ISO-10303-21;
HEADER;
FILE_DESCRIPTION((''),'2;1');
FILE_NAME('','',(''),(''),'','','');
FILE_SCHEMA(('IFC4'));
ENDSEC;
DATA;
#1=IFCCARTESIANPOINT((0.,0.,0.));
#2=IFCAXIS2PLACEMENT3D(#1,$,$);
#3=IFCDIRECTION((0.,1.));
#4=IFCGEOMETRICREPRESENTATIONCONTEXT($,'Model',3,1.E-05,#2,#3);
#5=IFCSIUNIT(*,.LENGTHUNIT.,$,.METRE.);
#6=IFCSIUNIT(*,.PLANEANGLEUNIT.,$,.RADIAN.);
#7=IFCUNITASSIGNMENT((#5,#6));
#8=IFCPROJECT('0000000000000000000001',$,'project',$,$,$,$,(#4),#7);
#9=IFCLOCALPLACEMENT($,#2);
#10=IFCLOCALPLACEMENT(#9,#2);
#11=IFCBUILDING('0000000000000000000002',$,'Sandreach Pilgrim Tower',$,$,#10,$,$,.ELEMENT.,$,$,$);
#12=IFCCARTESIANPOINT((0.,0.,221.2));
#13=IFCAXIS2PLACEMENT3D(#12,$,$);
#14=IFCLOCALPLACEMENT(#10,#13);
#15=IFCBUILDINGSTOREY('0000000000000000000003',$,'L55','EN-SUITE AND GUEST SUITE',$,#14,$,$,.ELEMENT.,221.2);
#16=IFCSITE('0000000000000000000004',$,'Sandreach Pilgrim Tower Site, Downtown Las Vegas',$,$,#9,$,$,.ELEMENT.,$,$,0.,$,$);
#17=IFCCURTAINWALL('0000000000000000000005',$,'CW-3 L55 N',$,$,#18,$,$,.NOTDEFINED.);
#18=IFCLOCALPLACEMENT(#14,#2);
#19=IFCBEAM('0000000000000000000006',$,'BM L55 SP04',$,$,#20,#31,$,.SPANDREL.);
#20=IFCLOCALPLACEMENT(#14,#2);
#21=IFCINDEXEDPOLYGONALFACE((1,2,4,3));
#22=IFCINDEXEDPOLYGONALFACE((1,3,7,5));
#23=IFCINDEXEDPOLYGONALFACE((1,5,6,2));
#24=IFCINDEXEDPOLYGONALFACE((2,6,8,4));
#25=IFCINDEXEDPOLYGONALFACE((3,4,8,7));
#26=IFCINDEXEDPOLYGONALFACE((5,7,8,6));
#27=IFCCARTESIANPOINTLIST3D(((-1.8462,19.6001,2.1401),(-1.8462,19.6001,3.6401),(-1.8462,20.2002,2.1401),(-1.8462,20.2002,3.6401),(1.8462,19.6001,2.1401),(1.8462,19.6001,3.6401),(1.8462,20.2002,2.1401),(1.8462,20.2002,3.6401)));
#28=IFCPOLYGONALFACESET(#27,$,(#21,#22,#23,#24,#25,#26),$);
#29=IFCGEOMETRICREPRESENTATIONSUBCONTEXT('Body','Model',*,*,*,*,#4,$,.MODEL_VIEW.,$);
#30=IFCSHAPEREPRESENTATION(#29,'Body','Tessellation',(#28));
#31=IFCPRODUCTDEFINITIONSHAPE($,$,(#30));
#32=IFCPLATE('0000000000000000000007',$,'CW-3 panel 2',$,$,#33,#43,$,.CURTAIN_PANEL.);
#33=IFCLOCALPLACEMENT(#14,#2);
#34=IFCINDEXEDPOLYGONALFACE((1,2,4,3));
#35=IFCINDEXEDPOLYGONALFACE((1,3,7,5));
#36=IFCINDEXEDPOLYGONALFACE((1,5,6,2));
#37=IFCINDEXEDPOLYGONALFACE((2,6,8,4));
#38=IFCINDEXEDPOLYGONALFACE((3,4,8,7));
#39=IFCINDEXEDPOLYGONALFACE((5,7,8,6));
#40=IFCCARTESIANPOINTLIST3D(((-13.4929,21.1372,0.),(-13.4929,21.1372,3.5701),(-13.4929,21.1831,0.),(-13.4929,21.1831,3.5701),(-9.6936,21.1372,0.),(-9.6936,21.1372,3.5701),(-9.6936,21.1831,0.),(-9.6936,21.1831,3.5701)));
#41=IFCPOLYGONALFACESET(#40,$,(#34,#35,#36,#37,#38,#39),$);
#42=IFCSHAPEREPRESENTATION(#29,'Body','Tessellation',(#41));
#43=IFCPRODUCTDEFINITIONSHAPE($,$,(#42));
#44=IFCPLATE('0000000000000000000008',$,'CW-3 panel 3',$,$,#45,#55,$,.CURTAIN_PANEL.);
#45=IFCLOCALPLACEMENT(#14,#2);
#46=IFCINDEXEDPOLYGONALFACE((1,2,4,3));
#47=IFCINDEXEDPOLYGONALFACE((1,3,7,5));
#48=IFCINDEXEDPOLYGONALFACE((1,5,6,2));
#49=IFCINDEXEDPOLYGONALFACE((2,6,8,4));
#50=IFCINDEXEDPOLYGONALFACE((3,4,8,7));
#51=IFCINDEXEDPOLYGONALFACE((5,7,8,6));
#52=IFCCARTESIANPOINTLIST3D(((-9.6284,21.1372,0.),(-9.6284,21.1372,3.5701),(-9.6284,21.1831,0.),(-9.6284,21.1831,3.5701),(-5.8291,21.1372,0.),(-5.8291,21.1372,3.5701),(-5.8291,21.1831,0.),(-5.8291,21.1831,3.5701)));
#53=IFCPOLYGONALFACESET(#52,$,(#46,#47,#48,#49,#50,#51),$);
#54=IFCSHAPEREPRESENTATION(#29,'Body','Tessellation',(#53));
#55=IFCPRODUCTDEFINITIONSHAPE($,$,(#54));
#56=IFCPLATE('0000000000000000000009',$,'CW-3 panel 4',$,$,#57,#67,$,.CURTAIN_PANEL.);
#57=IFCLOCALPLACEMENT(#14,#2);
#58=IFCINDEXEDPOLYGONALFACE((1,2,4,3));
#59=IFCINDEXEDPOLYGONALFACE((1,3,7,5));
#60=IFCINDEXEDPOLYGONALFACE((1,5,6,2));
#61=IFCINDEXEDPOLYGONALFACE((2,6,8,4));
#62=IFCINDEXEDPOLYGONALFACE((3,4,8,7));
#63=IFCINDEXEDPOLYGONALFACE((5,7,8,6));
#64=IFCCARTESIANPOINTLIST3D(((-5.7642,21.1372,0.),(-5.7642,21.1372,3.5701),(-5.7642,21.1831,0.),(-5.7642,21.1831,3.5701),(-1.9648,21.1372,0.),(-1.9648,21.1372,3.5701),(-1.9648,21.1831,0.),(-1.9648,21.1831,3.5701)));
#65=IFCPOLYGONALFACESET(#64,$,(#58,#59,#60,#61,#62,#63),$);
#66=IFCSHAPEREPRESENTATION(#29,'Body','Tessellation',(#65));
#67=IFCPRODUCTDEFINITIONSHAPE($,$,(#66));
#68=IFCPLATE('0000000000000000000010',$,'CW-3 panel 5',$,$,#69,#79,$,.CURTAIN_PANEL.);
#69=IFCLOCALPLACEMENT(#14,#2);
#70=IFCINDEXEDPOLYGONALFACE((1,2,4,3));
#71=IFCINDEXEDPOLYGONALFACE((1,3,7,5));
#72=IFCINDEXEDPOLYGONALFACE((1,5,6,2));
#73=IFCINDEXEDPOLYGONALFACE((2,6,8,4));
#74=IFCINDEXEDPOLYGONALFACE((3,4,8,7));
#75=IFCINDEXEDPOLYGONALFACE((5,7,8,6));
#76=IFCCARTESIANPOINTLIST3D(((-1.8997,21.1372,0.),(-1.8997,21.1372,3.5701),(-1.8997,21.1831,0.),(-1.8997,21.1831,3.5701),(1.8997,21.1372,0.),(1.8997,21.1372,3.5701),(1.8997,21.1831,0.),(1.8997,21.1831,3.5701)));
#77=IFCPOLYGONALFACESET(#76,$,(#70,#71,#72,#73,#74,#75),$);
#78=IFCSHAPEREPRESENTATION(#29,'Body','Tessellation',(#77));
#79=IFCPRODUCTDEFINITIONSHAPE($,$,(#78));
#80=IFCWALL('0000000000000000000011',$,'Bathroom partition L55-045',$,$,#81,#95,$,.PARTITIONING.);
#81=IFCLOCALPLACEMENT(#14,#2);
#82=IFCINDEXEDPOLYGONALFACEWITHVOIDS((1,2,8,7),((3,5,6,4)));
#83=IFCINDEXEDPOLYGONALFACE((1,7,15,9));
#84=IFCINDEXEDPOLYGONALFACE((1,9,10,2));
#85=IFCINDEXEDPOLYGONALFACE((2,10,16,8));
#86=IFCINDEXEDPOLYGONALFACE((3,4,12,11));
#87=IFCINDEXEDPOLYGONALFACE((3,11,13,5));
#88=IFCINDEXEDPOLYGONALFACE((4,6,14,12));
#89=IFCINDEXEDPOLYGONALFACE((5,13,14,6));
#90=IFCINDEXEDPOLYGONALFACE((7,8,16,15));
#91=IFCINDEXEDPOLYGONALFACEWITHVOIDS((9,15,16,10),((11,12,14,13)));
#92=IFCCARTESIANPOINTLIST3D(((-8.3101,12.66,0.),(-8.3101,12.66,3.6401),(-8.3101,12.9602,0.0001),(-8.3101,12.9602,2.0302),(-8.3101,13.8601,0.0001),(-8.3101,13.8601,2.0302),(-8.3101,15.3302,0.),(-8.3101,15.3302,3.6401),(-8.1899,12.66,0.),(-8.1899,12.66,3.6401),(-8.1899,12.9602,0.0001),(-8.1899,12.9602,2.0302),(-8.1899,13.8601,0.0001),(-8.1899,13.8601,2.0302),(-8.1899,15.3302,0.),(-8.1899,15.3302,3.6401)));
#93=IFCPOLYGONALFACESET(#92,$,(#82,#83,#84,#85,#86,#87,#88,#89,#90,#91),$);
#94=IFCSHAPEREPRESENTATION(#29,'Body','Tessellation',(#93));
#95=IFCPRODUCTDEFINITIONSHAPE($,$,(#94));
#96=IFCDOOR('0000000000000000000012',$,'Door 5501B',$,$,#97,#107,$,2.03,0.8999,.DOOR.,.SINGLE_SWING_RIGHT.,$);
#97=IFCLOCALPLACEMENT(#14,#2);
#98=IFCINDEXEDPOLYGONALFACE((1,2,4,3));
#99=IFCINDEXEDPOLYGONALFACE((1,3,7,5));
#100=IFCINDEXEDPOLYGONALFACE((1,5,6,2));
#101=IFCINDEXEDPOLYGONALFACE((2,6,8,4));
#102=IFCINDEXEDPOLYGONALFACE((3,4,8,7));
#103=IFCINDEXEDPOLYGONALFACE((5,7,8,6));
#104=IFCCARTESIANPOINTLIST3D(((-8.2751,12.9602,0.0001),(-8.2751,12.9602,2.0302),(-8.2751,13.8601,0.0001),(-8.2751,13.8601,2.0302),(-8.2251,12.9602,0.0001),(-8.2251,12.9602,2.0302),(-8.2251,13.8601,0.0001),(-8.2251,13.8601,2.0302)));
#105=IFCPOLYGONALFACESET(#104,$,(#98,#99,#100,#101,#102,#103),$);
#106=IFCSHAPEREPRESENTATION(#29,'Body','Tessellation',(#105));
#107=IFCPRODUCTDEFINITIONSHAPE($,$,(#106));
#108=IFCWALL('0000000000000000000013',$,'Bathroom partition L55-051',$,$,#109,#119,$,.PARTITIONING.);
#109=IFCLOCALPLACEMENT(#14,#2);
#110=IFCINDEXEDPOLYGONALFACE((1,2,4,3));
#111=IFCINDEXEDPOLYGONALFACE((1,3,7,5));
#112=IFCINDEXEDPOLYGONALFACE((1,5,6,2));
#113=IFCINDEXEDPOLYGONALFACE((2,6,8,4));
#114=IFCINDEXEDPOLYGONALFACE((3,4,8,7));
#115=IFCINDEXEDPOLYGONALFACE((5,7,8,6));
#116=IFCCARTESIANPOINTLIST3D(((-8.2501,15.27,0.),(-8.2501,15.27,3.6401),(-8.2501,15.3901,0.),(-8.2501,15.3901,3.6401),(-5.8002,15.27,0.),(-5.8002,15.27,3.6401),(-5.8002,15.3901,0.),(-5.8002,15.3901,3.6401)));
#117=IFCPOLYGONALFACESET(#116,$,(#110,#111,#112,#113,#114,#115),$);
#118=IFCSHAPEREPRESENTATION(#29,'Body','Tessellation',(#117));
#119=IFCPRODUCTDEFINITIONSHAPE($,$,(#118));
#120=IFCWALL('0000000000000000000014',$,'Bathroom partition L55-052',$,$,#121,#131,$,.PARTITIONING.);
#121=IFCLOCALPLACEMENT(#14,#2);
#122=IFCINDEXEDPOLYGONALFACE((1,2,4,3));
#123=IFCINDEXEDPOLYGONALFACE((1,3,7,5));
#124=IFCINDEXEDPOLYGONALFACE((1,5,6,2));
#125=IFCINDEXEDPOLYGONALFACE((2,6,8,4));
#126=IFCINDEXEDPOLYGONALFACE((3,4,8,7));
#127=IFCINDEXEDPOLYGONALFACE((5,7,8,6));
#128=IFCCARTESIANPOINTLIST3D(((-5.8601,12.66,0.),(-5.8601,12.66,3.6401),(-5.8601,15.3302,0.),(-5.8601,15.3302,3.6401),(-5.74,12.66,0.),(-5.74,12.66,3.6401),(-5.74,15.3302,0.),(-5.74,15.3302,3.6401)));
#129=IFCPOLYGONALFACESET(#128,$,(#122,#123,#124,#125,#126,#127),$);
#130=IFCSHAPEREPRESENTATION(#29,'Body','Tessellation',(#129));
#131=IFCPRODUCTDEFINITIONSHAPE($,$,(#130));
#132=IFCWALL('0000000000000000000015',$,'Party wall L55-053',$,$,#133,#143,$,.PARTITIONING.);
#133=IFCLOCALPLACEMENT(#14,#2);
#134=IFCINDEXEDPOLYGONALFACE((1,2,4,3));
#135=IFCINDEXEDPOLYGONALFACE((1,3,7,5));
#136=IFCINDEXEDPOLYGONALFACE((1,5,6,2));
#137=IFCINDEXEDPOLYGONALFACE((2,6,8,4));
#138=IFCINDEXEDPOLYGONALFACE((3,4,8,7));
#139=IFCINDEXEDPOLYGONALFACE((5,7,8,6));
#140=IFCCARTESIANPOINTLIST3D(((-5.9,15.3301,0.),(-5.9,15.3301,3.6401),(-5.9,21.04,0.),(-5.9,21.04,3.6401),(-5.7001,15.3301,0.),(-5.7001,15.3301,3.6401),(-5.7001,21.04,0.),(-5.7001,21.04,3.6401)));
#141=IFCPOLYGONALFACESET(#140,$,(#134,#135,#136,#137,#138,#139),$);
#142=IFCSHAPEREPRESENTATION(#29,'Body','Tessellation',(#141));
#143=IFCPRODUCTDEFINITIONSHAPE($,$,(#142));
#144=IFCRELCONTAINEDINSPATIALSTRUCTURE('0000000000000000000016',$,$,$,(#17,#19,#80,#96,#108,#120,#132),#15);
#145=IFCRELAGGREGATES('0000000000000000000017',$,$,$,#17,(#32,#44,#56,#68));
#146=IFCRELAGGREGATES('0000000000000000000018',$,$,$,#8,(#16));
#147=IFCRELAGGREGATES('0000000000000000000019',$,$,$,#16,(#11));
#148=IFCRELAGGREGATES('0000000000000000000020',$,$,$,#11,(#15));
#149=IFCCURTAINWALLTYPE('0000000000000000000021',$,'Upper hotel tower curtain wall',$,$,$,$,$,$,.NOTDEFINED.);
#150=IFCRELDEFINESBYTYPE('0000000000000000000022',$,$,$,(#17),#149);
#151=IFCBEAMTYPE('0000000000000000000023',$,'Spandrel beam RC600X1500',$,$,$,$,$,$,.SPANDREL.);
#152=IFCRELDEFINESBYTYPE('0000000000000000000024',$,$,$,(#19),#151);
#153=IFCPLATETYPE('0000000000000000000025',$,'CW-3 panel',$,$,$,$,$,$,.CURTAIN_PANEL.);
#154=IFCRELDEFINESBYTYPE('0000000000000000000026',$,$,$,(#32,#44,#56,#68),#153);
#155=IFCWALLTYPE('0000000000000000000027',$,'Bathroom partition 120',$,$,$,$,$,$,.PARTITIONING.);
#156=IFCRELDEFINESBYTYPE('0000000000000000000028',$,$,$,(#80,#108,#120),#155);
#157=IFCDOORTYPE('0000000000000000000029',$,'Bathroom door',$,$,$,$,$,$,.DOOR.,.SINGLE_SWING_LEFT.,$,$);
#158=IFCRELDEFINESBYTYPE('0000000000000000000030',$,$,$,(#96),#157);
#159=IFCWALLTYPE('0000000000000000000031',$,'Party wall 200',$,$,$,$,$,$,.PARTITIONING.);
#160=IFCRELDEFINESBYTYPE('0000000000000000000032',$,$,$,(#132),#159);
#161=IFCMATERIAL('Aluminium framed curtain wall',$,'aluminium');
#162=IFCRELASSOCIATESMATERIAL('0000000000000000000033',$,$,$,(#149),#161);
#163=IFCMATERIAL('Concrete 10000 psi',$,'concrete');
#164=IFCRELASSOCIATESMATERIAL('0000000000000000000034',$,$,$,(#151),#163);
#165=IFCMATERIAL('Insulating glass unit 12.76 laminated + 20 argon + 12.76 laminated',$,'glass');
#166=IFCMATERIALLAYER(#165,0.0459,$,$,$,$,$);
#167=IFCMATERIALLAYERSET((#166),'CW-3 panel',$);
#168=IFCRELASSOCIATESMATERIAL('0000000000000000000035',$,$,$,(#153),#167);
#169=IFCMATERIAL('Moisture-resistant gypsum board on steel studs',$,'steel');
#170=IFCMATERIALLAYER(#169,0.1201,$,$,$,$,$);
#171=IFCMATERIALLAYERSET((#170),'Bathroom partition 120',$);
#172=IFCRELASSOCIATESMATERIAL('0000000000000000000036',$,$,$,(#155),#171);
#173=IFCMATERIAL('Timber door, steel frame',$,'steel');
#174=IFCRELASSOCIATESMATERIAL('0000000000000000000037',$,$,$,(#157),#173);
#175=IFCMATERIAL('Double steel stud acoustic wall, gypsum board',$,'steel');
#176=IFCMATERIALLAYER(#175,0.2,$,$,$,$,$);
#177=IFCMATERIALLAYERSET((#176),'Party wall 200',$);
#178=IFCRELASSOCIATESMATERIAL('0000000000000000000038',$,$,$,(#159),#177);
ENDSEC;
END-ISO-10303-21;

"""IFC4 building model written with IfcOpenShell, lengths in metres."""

from ifc_helpers import new_model, si_unit, direction, frame, frame_2d, origin, origin_2d, place, context, subcontext, project, spatial, rectangle, extrude, material, layer, layer_set, material_profile, profile_set, type_object, element, fill, aggregate, save


model = new_model("IFC4")

# Units and contexts
model_context = context("Model", 3, precision=1e-05, world=origin(), true_north=direction((0.0, 1.0)))
body_context = subcontext(model_context, "Body", "Model", "MODEL_VIEW")
ifc_project = project(units=[si_unit("LENGTHUNIT", "METRE"), si_unit("PLANEANGLEUNIT", "RADIAN")], contexts=[model_context])

# Site, building, storey
site_placement = place(None, origin())
site = spatial("IfcSite", under=ifc_project, at=site_placement, Name="Sandreach Pilgrim Tower Site, Downtown Las Vegas", CompositionType="ELEMENT", RefElevation=0.0)
building_placement = place(site_placement, origin())
building = spatial("IfcBuilding", under=site, at=building_placement, Name="Sandreach Pilgrim Tower", CompositionType="ELEMENT")
storey_placement = place(building_placement, frame((0.0, 0.0, 221.2)))
storey = spatial("IfcBuildingStorey", under=building, at=storey_placement, Name="L55", Description="EN-SUITE AND GUEST SUITE", CompositionType="ELEMENT", Elevation=221.2)

# Curtain wall
ifc_material_1 = material(Name="Aluminium framed curtain wall", Category="aluminium")
curtain_wall_type = type_object("IfcCurtainWallType", Name="Upper hotel tower curtain wall", PredefinedType="NOTDEFINED", material=ifc_material_1)
curtain_wall_placement = place(storey_placement, origin())
curtain_wall = element("IfcCurtainWall", 1, at=curtain_wall_placement, inside=storey, type_object=curtain_wall_type, Name="CW-3 L55 N", PredefinedType="NOTDEFINED")

# Beam
ifc_material_2 = material(Name="Concrete 10000 psi", Category="concrete")
ifc_material_profile_1 = material_profile(ifc_material_2, rectangle(XDim=0.6001, YDim=1.5, at=origin_2d()), Name="RC600X1500")
ifc_profile_set_1 = profile_set([ifc_material_profile_1], Name="Concrete 10000 psi")
beam_type_1 = type_object("IfcBeamType", Name="Spandrel beam RC600X1500", PredefinedType="SPANDREL", material=ifc_profile_set_1)
beam_1_placement = place(storey_placement, frame((-1.8462, 19.9001, 2.8901), z_axis=(1.0, 0.0, 0.0), x_axis=(0.0, 1.0, 0.0)))
element("IfcBeam", 2, at=beam_1_placement, inside=storey, type_object=beam_type_1, Name="BM L55 SP04", PredefinedType="SPANDREL", context=body_context, shape_type="SweptSolid", body=[
    extrude(rectangle(XDim=0.6001, YDim=1.5, at=origin_2d()), origin(), (0.0, 0.0, 1.0), 3.6924),
])

# Plates
ifc_material_3 = material(Name="Insulating glass unit 12.76 laminated + 20 argon + 12.76 laminated", Category="glass")
ifc_layer_1 = layer(ifc_material_3, 0.0459)
ifc_layer_set_1 = layer_set([ifc_layer_1], Name="CW-3 panel")
plate_type = type_object("IfcPlateType", Name="CW-3 panel", PredefinedType="CURTAIN_PANEL", material=ifc_layer_set_1)
plate_1_placement = place(storey_placement, frame((-11.5933, 21.1602, 0.0), z_axis=(0.0, 0.0, 1.0), x_axis=(1.0, 0.0, 0.0)))
plate_1 = element("IfcPlate", 3, at=plate_1_placement, type_object=plate_type, Name="CW-3 panel 2", PredefinedType="CURTAIN_PANEL", context=body_context, shape_type="SweptSolid", body=[
    extrude(rectangle(XDim=3.7993, YDim=0.0459, at=origin_2d()), origin(), (0.0, 0.0, 1.0), 3.5701),
])
plate_2_placement = place(storey_placement, frame((-7.7288, 21.1602, 0.0), z_axis=(0.0, 0.0, 1.0), x_axis=(1.0, 0.0, 0.0)))
plate_2 = element("IfcPlate", 4, at=plate_2_placement, type_object=plate_type, Name="CW-3 panel 3", PredefinedType="CURTAIN_PANEL", context=body_context, shape_type="SweptSolid", body=[
    extrude(rectangle(XDim=3.7993, YDim=0.0459, at=origin_2d()), origin(), (0.0, 0.0, 1.0), 3.5701),
])
plate_3_placement = place(storey_placement, frame((-3.8645, 21.1602, 0.0), z_axis=(0.0, 0.0, 1.0), x_axis=(1.0, 0.0, 0.0)))
plate_3 = element("IfcPlate", 5, at=plate_3_placement, type_object=plate_type, Name="CW-3 panel 4", PredefinedType="CURTAIN_PANEL", context=body_context, shape_type="SweptSolid", body=[
    extrude(rectangle(XDim=3.7993, YDim=0.0459, at=origin_2d()), origin(), (0.0, 0.0, 1.0), 3.5701),
])
plate_4_placement = place(storey_placement, frame((0.0, 21.1602, 0.0), z_axis=(0.0, 0.0, 1.0), x_axis=(1.0, 0.0, 0.0)))
plate_4 = element("IfcPlate", 6, at=plate_4_placement, type_object=plate_type, Name="CW-3 panel 5", PredefinedType="CURTAIN_PANEL", context=body_context, shape_type="SweptSolid", body=[
    extrude(rectangle(XDim=3.7993, YDim=0.0459, at=origin_2d()), origin(), (0.0, 0.0, 1.0), 3.5701),
])
aggregate(curtain_wall, [plate_1, plate_2, plate_3, plate_4])

# Wall, opening, door
ifc_material_4 = material(Name="Moisture-resistant gypsum board on steel studs", Category="steel")
ifc_layer_2 = layer(ifc_material_4, 0.1201)
ifc_layer_set_2 = layer_set([ifc_layer_2], Name="Bathroom partition 120")
wall_type_1 = type_object("IfcWallType", Name="Bathroom partition 120", PredefinedType="PARTITIONING", material=ifc_layer_set_2)
wall_1_placement = place(storey_placement, frame((-8.25, 15.3301, 0.0), z_axis=(0.0, 0.0, 1.0), x_axis=(0.0, -1.0, 0.0)))
wall_1 = element("IfcWall", 7, at=wall_1_placement, inside=storey, type_object=wall_type_1, Name="Bathroom partition L55-045", PredefinedType="PARTITIONING", context=body_context, shape_type="SweptSolid", body=[
    extrude(rectangle(XDim=2.6702, YDim=0.1201, at=frame_2d((1.335, 0.0))), origin(), (0.0, 0.0, 1.0), 3.6401),
])
opening_placement = place(wall_1_placement, frame((1.47, 0.0, 0.0)))
opening = element("IfcOpeningElement", 8, at=opening_placement, cuts=wall_1, PredefinedType="OPENING", context=body_context, shape_type="SweptSolid", body=[
    extrude(rectangle(XDim=0.8999, YDim=2.03, at=frame_2d((0.45, 1.0151))), frame((0.0, 0.0601, 0.0), z_axis=(0.0, -1.0, 0.0), x_axis=(1.0, 0.0, 0.0)), (0.0, 0.0, 1.0), 0.1201),
])
ifc_material_5 = material(Name="Timber door, steel frame", Category="steel")
door_type = type_object("IfcDoorType", Name="Bathroom door", OperationType="SINGLE_SWING_LEFT", PredefinedType="DOOR", material=ifc_material_5)
door_placement = place(opening_placement, origin())
door = element("IfcDoor", 9, at=door_placement, inside=storey, type_object=door_type, Name="Door 5501B", OperationType="SINGLE_SWING_RIGHT", OverallHeight=2.03, OverallWidth=0.8999, PredefinedType="DOOR", context=body_context, shape_type="SweptSolid", body=[
    extrude(rectangle(XDim=0.8999, YDim=2.03, at=frame_2d((0.45, 1.0151))), frame((0.0, 0.0249, 0.0), z_axis=(0.0, -1.0, 0.0), x_axis=(1.0, 0.0, 0.0)), (0.0, 0.0, 1.0), 0.05),
])
fill(opening, door)

# Walls
wall_2_placement = place(storey_placement, frame((-5.8, 15.3301, 0.0), z_axis=(0.0, 0.0, 1.0), x_axis=(-1.0, 0.0, 0.0)))
element("IfcWall", 10, at=wall_2_placement, inside=storey, type_object=wall_type_1, Name="Bathroom partition L55-051", PredefinedType="PARTITIONING", context=body_context, shape_type="SweptSolid", body=[
    extrude(rectangle(XDim=2.45, YDim=0.1201, at=frame_2d((1.2251, 0.0))), origin(), (0.0, 0.0, 1.0), 3.6401),
])
wall_3_placement = place(storey_placement, frame((-5.8, 15.3301, 0.0), z_axis=(0.0, 0.0, 1.0), x_axis=(0.0, -1.0, 0.0)))
element("IfcWall", 11, at=wall_3_placement, inside=storey, type_object=wall_type_1, Name="Bathroom partition L55-052", PredefinedType="PARTITIONING", context=body_context, shape_type="SweptSolid", body=[
    extrude(rectangle(XDim=2.6702, YDim=0.1201, at=frame_2d((1.335, 0.0))), origin(), (0.0, 0.0, 1.0), 3.6401),
])
ifc_material_6 = material(Name="Double steel stud acoustic wall, gypsum board", Category="steel")
ifc_layer_3 = layer(ifc_material_6, 0.2)
ifc_layer_set_3 = layer_set([ifc_layer_3], Name="Party wall 200")
wall_type_2 = type_object("IfcWallType", Name="Party wall 200", PredefinedType="PARTITIONING", material=ifc_layer_set_3)
wall_4_placement = place(storey_placement, frame((-5.8, 21.04, 0.0), z_axis=(0.0, 0.0, 1.0), x_axis=(0.0, -1.0, 0.0)))
element("IfcWall", 12, at=wall_4_placement, inside=storey, type_object=wall_type_2, Name="Party wall L55-053", PredefinedType="PARTITIONING", context=body_context, shape_type="SweptSolid", body=[
    extrude(rectangle(XDim=5.71, YDim=0.2, at=frame_2d((2.855, 0.0))), origin(), (0.0, 0.0, 1.0), 3.6401),
])

save(model, "model.ifc")
